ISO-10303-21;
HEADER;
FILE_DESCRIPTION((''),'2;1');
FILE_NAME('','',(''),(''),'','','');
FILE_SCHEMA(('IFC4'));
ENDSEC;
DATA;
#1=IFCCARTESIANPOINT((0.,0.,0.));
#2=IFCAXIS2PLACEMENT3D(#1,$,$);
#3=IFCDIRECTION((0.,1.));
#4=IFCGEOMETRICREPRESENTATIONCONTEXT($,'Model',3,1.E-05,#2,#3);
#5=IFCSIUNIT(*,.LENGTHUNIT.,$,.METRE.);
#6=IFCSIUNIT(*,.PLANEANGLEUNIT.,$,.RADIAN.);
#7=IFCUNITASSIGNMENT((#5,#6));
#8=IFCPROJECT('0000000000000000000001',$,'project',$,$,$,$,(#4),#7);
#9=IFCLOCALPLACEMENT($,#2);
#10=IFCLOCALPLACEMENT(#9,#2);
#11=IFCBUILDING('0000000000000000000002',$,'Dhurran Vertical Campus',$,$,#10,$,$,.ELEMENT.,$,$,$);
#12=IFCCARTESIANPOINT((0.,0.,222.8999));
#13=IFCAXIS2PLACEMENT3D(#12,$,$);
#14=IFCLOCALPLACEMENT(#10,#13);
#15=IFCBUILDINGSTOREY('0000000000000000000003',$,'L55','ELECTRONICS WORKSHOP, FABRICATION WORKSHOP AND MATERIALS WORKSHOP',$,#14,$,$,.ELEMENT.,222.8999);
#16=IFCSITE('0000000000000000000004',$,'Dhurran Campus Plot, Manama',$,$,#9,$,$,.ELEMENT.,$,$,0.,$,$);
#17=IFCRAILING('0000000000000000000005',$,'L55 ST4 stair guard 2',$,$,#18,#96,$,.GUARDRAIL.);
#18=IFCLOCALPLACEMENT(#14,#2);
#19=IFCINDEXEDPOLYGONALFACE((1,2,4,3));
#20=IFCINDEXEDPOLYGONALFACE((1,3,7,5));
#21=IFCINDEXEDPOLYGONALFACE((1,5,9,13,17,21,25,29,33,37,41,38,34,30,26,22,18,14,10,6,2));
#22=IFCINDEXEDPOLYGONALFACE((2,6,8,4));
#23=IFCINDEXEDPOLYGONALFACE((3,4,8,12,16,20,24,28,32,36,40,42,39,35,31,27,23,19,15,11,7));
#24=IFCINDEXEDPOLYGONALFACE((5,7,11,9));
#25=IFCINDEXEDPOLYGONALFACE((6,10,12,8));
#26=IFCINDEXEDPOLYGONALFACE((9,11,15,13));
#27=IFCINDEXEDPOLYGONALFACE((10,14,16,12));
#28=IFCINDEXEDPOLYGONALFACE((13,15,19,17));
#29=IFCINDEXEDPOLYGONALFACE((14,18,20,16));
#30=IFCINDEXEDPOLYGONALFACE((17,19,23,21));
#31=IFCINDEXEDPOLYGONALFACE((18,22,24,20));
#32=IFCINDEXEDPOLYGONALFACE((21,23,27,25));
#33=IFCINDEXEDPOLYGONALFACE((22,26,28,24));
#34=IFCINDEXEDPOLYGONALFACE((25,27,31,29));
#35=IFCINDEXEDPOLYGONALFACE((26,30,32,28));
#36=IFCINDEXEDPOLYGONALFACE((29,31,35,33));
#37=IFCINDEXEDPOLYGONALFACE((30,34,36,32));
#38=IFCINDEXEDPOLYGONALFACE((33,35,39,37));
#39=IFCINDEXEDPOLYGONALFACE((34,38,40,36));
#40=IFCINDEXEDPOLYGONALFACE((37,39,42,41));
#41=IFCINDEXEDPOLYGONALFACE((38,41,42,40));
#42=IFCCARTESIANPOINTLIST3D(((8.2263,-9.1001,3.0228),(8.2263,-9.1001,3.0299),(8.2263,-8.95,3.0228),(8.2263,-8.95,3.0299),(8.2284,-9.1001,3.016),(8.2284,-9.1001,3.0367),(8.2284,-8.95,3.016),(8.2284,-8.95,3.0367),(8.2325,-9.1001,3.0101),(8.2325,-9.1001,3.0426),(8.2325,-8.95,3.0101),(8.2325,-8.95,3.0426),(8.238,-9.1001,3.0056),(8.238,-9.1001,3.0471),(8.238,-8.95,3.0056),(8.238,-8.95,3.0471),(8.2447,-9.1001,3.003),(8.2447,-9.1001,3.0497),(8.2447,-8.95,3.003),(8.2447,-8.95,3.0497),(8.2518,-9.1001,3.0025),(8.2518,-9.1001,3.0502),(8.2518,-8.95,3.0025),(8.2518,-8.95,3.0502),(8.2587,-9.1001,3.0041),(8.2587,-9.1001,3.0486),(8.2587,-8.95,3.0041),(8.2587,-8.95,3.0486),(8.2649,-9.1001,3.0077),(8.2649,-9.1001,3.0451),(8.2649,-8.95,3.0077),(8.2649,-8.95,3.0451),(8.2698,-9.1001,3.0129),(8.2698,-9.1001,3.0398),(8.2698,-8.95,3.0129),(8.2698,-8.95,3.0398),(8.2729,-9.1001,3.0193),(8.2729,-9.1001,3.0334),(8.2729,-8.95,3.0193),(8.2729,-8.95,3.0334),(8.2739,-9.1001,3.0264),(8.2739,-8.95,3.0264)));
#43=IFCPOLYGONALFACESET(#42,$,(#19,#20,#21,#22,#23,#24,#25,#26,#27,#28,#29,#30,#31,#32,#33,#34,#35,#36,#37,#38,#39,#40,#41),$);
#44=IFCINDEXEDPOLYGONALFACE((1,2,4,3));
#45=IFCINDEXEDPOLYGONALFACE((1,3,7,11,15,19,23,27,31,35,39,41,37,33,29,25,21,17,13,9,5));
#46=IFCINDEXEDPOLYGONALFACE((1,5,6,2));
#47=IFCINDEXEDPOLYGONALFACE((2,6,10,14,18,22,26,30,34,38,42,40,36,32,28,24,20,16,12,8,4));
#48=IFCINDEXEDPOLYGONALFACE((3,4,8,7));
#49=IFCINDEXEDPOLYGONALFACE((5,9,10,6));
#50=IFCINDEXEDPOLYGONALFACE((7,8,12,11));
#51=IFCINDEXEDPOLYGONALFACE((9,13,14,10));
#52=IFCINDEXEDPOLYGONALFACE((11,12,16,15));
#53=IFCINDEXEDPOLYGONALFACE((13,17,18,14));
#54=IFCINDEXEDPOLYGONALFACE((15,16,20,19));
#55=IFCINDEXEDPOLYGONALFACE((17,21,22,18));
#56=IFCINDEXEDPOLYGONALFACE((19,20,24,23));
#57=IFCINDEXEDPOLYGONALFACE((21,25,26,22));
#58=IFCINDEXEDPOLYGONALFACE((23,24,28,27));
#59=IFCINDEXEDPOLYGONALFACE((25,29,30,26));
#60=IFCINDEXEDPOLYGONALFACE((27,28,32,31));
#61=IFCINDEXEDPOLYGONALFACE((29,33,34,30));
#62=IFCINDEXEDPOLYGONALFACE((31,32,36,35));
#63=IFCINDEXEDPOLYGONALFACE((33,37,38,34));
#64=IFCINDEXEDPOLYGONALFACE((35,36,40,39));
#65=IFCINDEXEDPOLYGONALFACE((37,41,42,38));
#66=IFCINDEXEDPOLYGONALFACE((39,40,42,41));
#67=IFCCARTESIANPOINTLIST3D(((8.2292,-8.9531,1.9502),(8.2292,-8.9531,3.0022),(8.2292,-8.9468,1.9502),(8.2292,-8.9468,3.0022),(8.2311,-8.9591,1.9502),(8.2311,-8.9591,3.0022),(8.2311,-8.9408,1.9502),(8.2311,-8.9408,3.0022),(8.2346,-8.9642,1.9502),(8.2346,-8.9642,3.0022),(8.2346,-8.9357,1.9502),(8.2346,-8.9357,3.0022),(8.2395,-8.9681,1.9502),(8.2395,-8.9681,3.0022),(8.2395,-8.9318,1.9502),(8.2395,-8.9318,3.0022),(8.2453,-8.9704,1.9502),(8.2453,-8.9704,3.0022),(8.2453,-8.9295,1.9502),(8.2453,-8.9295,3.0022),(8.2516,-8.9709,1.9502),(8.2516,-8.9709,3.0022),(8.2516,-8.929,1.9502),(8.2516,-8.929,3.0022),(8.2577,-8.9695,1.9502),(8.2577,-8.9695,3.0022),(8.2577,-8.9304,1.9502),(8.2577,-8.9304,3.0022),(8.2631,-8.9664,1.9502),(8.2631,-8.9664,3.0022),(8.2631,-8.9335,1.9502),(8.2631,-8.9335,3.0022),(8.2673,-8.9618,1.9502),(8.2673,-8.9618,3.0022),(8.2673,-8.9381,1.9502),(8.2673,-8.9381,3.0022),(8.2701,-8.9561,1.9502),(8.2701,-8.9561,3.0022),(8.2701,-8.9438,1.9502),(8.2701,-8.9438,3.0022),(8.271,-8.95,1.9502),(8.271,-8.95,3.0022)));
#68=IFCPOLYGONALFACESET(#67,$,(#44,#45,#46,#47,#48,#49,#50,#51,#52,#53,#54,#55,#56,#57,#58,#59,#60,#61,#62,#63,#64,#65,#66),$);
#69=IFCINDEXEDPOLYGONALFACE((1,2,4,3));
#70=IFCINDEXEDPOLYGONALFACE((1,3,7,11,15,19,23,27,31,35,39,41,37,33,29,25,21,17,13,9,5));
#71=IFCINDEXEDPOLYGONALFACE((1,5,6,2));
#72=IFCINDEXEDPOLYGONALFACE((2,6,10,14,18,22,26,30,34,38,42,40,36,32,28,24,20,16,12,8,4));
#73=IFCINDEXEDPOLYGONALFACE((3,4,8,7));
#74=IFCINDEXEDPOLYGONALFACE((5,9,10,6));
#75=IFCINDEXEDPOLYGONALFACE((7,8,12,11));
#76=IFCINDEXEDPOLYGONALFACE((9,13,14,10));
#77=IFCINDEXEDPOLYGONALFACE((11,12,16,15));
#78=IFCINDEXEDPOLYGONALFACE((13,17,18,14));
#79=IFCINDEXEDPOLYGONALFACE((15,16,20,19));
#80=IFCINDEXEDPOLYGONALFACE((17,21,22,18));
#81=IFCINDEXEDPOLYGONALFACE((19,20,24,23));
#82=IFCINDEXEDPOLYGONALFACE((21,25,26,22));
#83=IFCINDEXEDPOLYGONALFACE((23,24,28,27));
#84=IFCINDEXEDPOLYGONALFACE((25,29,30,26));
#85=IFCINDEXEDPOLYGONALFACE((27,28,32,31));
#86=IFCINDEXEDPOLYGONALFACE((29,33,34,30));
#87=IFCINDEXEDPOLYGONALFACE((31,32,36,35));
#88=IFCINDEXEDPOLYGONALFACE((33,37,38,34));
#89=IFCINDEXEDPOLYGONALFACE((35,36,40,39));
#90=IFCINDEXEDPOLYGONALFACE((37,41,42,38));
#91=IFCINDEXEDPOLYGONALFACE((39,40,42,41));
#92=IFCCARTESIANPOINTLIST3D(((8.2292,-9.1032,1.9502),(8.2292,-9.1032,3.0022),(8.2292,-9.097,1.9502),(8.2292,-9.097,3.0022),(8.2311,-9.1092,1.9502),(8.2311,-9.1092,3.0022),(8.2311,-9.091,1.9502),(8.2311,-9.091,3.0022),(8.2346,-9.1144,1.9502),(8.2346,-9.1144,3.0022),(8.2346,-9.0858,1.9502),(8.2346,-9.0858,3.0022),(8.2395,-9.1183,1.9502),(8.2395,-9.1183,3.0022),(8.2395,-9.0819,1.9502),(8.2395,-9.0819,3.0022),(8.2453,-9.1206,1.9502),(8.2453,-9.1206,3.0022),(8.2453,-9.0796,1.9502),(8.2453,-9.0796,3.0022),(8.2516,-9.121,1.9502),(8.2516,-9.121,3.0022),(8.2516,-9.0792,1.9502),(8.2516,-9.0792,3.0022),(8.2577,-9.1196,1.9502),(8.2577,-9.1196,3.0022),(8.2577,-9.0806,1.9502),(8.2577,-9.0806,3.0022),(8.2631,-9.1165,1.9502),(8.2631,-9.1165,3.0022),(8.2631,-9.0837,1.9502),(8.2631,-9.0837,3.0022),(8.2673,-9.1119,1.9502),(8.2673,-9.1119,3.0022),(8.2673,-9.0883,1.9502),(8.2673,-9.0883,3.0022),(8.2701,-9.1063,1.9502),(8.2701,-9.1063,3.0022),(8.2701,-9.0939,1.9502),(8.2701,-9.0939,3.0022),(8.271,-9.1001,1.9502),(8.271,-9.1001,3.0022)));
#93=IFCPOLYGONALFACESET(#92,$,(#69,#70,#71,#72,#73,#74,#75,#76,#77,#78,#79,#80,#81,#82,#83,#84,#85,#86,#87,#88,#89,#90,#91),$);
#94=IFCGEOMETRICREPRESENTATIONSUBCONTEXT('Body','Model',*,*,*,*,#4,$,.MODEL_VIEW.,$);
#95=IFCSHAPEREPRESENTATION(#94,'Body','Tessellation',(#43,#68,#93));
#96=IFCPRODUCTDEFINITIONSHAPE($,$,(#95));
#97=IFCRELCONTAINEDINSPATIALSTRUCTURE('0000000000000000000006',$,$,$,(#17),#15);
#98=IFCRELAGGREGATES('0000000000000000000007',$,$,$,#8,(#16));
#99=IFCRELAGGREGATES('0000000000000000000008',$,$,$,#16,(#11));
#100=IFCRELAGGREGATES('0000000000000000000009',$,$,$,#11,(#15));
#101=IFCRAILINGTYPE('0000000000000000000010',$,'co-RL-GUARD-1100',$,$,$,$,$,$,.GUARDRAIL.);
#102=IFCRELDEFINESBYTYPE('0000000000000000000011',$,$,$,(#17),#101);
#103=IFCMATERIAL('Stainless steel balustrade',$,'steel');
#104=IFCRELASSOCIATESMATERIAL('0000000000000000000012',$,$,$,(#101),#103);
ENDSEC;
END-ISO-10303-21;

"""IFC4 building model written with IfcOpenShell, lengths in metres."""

from ifc_helpers import new_model, si_unit, direction, frame, origin, origin_2d, place, context, subcontext, project, spatial, circle, extrude, material, type_object, element, save


model = new_model("IFC4")

# Units and contexts
model_context = context("Model", 3, precision=1e-05, world=origin(), true_north=direction((0.0, 1.0)))
body_context = subcontext(model_context, "Body", "Model", "MODEL_VIEW")
ifc_project = project(units=[si_unit("LENGTHUNIT", "METRE"), si_unit("PLANEANGLEUNIT", "RADIAN")], contexts=[model_context])

# Site, building, storey
site_placement = place(None, origin())
site = spatial("IfcSite", under=ifc_project, at=site_placement, Name="Dhurran Campus Plot, Manama", CompositionType="ELEMENT", RefElevation=0.0)
building_placement = place(site_placement, origin())
building = spatial("IfcBuilding", under=site, at=building_placement, Name="Dhurran Vertical Campus", CompositionType="ELEMENT")
storey_placement = place(building_placement, frame((0.0, 0.0, 222.8999)))
storey = spatial("IfcBuildingStorey", under=building, at=storey_placement, Name="L55", Description="ELECTRONICS WORKSHOP, FABRICATION WORKSHOP AND MATERIALS WORKSHOP", CompositionType="ELEMENT", Elevation=222.8999)

# Railing
ifc_material_1 = material(Name="Stainless steel balustrade", Category="steel")
railing_type_1 = type_object("IfcRailingType", Name="co-RL-GUARD-1100", PredefinedType="GUARDRAIL", material=ifc_material_1)
railing_1_placement = place(storey_placement, frame((8.25, -8.95, 1.9502)))
element("IfcRailing", 1, at=railing_1_placement, inside=storey, type_object=railing_type_1, Name="L55 ST4 stair guard 2", PredefinedType="GUARDRAIL", context=body_context, shape_type="SweptSolid", body=[
    extrude(circle(Radius=0.0239, at=origin_2d()), frame((0.0, 0.0, 1.0762), z_axis=(0.0, -1.0, 0.0), x_axis=(1.0, 0.0, 0.0)), (0.0, 0.0, 1.0), 0.1501),
    extrude(circle(Radius=0.021, at=origin_2d()), origin(), (0.0, 0.0, 1.0), 1.052),
    extrude(circle(Radius=0.021, at=origin_2d()), frame((0.0, -0.1501, 0.0)), (0.0, 0.0, 1.0), 1.052),
])

save(model, "model.ifc")
